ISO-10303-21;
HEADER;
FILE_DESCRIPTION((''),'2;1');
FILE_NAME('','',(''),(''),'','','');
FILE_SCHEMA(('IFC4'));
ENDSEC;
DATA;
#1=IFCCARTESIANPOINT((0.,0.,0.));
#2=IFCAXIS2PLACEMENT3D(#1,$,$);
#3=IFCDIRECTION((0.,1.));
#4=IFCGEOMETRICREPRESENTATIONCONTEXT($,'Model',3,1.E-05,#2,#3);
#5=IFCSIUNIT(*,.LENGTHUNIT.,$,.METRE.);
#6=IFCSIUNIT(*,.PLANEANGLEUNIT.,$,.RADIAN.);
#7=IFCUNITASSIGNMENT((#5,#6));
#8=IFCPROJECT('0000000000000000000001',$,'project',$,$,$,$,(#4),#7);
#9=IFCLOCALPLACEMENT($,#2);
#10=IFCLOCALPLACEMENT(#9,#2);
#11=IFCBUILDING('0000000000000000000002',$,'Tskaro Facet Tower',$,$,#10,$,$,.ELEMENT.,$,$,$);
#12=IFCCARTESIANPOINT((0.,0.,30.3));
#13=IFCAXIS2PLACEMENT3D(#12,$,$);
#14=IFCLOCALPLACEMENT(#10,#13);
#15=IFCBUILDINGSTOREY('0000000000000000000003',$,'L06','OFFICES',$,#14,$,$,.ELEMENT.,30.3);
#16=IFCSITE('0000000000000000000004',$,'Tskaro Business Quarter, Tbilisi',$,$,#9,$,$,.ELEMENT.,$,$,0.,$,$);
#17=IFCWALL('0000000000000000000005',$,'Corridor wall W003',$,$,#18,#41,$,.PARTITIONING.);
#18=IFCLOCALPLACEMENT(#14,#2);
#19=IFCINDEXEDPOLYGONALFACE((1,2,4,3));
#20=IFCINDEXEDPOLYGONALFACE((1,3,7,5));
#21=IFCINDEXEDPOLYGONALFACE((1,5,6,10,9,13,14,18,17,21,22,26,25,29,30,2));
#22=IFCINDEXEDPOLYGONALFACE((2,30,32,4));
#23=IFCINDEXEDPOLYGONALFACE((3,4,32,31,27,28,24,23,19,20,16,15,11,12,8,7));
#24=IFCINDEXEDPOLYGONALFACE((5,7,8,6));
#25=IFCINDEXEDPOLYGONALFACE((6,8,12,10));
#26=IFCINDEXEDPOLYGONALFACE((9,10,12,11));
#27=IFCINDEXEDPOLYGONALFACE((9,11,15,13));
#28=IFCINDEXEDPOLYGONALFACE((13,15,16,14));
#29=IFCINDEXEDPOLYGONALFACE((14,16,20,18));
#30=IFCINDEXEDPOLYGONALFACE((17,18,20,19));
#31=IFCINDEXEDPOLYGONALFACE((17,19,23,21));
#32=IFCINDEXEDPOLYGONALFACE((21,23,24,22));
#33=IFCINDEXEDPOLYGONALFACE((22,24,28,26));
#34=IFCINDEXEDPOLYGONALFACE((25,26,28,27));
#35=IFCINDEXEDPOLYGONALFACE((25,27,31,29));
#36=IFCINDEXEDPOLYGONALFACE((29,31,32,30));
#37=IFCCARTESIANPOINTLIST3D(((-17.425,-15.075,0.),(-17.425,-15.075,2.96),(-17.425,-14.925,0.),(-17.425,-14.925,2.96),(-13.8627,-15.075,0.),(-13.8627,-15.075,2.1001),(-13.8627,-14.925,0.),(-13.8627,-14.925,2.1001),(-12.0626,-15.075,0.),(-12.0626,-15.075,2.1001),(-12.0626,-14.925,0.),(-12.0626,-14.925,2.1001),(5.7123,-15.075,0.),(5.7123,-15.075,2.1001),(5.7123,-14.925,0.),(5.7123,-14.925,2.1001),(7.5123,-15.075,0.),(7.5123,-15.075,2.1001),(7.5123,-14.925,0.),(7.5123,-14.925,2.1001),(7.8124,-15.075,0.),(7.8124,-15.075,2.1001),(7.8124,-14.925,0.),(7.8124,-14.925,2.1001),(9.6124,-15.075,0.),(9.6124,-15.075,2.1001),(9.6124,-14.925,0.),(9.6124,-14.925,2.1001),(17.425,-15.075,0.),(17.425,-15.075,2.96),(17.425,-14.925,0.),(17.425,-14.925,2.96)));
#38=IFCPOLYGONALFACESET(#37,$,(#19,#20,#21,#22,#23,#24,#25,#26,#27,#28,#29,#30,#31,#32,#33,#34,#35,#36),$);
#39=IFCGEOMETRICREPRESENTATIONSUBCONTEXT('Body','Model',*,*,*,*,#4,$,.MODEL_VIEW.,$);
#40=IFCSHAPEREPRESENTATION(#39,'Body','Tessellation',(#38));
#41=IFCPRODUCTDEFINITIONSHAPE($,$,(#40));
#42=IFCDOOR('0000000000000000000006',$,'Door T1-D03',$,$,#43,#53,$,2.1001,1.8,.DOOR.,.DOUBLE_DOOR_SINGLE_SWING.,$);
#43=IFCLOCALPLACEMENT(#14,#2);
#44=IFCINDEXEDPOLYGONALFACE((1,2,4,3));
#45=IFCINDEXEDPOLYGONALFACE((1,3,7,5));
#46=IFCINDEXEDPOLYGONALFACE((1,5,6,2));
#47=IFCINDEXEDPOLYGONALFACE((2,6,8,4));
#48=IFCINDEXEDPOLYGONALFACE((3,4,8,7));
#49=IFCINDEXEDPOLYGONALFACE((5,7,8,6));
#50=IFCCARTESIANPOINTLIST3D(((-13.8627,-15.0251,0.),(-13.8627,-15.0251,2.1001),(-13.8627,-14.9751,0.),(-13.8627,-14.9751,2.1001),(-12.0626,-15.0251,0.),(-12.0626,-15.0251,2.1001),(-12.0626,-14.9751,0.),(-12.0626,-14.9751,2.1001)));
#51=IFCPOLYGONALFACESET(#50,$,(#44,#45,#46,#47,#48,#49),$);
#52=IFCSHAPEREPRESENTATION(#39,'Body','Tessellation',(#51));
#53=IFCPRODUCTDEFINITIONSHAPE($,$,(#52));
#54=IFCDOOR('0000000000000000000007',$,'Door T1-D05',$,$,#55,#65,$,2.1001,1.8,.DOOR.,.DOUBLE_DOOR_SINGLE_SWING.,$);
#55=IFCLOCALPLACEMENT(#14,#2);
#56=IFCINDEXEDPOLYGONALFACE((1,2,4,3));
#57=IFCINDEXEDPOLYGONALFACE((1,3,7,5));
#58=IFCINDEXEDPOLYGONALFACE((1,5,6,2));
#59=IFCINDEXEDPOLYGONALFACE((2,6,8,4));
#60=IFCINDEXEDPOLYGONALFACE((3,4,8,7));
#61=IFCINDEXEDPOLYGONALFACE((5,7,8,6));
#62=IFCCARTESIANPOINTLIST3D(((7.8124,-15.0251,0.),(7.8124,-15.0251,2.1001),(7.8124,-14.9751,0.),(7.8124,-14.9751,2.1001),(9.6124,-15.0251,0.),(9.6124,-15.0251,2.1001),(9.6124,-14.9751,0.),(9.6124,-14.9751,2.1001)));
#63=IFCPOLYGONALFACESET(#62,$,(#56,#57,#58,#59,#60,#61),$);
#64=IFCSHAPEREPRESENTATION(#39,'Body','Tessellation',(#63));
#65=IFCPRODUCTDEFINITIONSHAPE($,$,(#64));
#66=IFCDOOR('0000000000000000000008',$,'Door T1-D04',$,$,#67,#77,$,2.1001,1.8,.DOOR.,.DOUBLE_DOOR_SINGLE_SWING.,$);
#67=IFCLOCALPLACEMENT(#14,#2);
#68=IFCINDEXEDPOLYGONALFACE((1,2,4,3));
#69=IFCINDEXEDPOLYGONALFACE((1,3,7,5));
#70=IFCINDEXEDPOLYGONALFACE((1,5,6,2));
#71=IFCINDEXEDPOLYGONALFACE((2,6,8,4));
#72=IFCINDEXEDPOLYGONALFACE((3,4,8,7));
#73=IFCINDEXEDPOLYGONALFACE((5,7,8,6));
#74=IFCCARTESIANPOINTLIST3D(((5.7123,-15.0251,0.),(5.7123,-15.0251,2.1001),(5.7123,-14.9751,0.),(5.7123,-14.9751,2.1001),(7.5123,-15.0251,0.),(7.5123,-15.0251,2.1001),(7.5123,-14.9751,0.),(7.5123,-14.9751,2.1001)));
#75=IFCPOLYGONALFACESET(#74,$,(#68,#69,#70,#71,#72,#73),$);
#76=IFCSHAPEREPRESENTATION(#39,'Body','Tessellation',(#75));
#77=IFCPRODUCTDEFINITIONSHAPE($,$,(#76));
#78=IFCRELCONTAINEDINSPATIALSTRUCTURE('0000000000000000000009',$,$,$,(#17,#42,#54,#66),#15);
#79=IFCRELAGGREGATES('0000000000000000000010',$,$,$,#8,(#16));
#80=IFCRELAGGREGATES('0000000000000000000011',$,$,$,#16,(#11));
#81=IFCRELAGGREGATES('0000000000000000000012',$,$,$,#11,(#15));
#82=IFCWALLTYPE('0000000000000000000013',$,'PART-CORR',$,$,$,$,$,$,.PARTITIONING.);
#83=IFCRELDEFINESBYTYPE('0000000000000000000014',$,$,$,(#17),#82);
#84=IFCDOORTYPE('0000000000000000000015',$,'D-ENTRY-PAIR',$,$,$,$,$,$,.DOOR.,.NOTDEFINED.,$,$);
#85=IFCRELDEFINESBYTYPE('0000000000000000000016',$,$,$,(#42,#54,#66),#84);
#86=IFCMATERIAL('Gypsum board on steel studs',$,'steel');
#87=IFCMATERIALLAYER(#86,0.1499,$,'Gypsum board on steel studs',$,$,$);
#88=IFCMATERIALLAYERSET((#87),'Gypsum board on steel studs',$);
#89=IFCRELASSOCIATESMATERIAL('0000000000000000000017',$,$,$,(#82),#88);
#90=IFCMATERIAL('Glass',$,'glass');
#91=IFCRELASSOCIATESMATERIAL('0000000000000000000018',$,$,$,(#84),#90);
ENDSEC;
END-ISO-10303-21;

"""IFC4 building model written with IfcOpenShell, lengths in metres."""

from ifc_helpers import new_model, si_unit, direction, frame, frame_2d, origin, place, context, subcontext, project, spatial, rectangle, extrude, material, layer, layer_set, type_object, element, fill, save


model = new_model("IFC4")

# Units and contexts
model_context = context("Model", 3, precision=1e-05, world=origin(), true_north=direction((0.0, 1.0)))
body_context = subcontext(model_context, "Body", "Model", "MODEL_VIEW")
ifc_project = project(units=[si_unit("LENGTHUNIT", "METRE"), si_unit("PLANEANGLEUNIT", "RADIAN")], contexts=[model_context])

# Site, building, storey
site_placement = place(None, origin())
site = spatial("IfcSite", under=ifc_project, at=site_placement, Name="Tskaro Business Quarter, Tbilisi", CompositionType="ELEMENT", RefElevation=0.0)
building_placement = place(site_placement, origin())
building = spatial("IfcBuilding", under=site, at=building_placement, Name="Tskaro Facet Tower", CompositionType="ELEMENT")
storey_placement = place(building_placement, frame((0.0, 0.0, 30.3)))
storey = spatial("IfcBuildingStorey", under=building, at=storey_placement, Name="L06", Description="OFFICES", CompositionType="ELEMENT", Elevation=30.3)

# Shared definitions
ifc_material_1 = material(Name="Gypsum board on steel studs", Category="steel")

# Wall, openings, doors
ifc_layer_1 = layer(ifc_material_1, 0.1499, Name="Gypsum board on steel studs")
ifc_layer_set_1 = layer_set([ifc_layer_1], Name="Gypsum board on steel studs")
wall_type_1 = type_object("IfcWallType", Name="PART-CORR", PredefinedType="PARTITIONING", material=ifc_layer_set_1)
wall_1_placement = place(storey_placement, frame((-17.425, -15.0, 0.0), z_axis=(0.0, 0.0, 1.0), x_axis=(1.0, 0.0, 0.0)))
wall_1 = element("IfcWall", 1, at=wall_1_placement, inside=storey, type_object=wall_type_1, Name="Corridor wall W003", PredefinedType="PARTITIONING", context=body_context, shape_type="SweptSolid", body=[
    extrude(rectangle(XDim=34.8501, YDim=0.1499, at=frame_2d((17.425, 0.0))), origin(), (0.0, 0.0, 1.0), 2.96),
])
opening_1_placement = place(wall_1_placement, frame((3.5625, 0.0, 0.0)))
opening_1 = element("IfcOpeningElement", 2, at=opening_1_placement, cuts=wall_1, PredefinedType="OPENING", context=body_context, shape_type="SweptSolid", body=[
    extrude(rectangle(XDim=1.8, YDim=2.1001, at=frame_2d((0.8999, 1.05))), frame((0.0, 0.085, 0.0), z_axis=(0.0, -1.0, 0.0), x_axis=(1.0, 0.0, 0.0)), (0.0, 0.0, 1.0), 0.1699),
])
opening_2_placement = place(wall_1_placement, frame((25.2375, 0.0, 0.0)))
opening_2 = element("IfcOpeningElement", 3, at=opening_2_placement, cuts=wall_1, PredefinedType="OPENING", context=body_context, shape_type="SweptSolid", body=[
    extrude(rectangle(XDim=1.8, YDim=2.1001, at=frame_2d((0.8999, 1.05))), frame((0.0, 0.085, 0.0), z_axis=(0.0, -1.0, 0.0), x_axis=(1.0, 0.0, 0.0)), (0.0, 0.0, 1.0), 0.1699),
])
opening_3_placement = place(wall_1_placement, frame((23.1375, 0.0, 0.0)))
opening_3 = element("IfcOpeningElement", 4, at=opening_3_placement, cuts=wall_1, PredefinedType="OPENING", context=body_context, shape_type="SweptSolid", body=[
    extrude(rectangle(XDim=1.8, YDim=2.1001, at=frame_2d((0.8999, 1.05))), frame((0.0, 0.085, 0.0), z_axis=(0.0, -1.0, 0.0), x_axis=(1.0, 0.0, 0.0)), (0.0, 0.0, 1.0), 0.1699),
])
ifc_material_2 = material(Name="Glass", Category="glass")
door_type_1 = type_object("IfcDoorType", Name="D-ENTRY-PAIR", OperationType="NOTDEFINED", PredefinedType="DOOR", material=ifc_material_2)
door_1_placement = place(opening_1_placement, origin())
door_1 = element("IfcDoor", 5, at=door_1_placement, inside=storey, type_object=door_type_1, Name="Door T1-D03", OperationType="DOUBLE_DOOR_SINGLE_SWING", OverallHeight=2.1001, OverallWidth=1.8, PredefinedType="DOOR", context=body_context, shape_type="SweptSolid", body=[
    extrude(rectangle(XDim=1.8, YDim=2.1001, at=frame_2d((0.8999, 1.05))), frame((0.0, 0.0249, 0.0), z_axis=(0.0, -1.0, 0.0), x_axis=(1.0, 0.0, 0.0)), (0.0, 0.0, 1.0), 0.05),
])
fill(opening_1, door_1)
door_2_placement = place(opening_2_placement, origin())
door_2 = element("IfcDoor", 6, at=door_2_placement, inside=storey, type_object=door_type_1, Name="Door T1-D05", OperationType="DOUBLE_DOOR_SINGLE_SWING", OverallHeight=2.1001, OverallWidth=1.8, PredefinedType="DOOR", context=body_context, shape_type="SweptSolid", body=[
    extrude(rectangle(XDim=1.8, YDim=2.1001, at=frame_2d((0.8999, 1.05))), frame((0.0, 0.0249, 0.0), z_axis=(0.0, -1.0, 0.0), x_axis=(1.0, 0.0, 0.0)), (0.0, 0.0, 1.0), 0.05),
])
fill(opening_2, door_2)
door_3_placement = place(opening_3_placement, origin())
door_3 = element("IfcDoor", 7, at=door_3_placement, inside=storey, type_object=door_type_1, Name="Door T1-D04", OperationType="DOUBLE_DOOR_SINGLE_SWING", OverallHeight=2.1001, OverallWidth=1.8, PredefinedType="DOOR", context=body_context, shape_type="SweptSolid", body=[
    extrude(rectangle(XDim=1.8, YDim=2.1001, at=frame_2d((0.8999, 1.05))), frame((0.0, 0.0249, 0.0), z_axis=(0.0, -1.0, 0.0), x_axis=(1.0, 0.0, 0.0)), (0.0, 0.0, 1.0), 0.05),
])
fill(opening_3, door_3)

save(model, "model.ifc")
